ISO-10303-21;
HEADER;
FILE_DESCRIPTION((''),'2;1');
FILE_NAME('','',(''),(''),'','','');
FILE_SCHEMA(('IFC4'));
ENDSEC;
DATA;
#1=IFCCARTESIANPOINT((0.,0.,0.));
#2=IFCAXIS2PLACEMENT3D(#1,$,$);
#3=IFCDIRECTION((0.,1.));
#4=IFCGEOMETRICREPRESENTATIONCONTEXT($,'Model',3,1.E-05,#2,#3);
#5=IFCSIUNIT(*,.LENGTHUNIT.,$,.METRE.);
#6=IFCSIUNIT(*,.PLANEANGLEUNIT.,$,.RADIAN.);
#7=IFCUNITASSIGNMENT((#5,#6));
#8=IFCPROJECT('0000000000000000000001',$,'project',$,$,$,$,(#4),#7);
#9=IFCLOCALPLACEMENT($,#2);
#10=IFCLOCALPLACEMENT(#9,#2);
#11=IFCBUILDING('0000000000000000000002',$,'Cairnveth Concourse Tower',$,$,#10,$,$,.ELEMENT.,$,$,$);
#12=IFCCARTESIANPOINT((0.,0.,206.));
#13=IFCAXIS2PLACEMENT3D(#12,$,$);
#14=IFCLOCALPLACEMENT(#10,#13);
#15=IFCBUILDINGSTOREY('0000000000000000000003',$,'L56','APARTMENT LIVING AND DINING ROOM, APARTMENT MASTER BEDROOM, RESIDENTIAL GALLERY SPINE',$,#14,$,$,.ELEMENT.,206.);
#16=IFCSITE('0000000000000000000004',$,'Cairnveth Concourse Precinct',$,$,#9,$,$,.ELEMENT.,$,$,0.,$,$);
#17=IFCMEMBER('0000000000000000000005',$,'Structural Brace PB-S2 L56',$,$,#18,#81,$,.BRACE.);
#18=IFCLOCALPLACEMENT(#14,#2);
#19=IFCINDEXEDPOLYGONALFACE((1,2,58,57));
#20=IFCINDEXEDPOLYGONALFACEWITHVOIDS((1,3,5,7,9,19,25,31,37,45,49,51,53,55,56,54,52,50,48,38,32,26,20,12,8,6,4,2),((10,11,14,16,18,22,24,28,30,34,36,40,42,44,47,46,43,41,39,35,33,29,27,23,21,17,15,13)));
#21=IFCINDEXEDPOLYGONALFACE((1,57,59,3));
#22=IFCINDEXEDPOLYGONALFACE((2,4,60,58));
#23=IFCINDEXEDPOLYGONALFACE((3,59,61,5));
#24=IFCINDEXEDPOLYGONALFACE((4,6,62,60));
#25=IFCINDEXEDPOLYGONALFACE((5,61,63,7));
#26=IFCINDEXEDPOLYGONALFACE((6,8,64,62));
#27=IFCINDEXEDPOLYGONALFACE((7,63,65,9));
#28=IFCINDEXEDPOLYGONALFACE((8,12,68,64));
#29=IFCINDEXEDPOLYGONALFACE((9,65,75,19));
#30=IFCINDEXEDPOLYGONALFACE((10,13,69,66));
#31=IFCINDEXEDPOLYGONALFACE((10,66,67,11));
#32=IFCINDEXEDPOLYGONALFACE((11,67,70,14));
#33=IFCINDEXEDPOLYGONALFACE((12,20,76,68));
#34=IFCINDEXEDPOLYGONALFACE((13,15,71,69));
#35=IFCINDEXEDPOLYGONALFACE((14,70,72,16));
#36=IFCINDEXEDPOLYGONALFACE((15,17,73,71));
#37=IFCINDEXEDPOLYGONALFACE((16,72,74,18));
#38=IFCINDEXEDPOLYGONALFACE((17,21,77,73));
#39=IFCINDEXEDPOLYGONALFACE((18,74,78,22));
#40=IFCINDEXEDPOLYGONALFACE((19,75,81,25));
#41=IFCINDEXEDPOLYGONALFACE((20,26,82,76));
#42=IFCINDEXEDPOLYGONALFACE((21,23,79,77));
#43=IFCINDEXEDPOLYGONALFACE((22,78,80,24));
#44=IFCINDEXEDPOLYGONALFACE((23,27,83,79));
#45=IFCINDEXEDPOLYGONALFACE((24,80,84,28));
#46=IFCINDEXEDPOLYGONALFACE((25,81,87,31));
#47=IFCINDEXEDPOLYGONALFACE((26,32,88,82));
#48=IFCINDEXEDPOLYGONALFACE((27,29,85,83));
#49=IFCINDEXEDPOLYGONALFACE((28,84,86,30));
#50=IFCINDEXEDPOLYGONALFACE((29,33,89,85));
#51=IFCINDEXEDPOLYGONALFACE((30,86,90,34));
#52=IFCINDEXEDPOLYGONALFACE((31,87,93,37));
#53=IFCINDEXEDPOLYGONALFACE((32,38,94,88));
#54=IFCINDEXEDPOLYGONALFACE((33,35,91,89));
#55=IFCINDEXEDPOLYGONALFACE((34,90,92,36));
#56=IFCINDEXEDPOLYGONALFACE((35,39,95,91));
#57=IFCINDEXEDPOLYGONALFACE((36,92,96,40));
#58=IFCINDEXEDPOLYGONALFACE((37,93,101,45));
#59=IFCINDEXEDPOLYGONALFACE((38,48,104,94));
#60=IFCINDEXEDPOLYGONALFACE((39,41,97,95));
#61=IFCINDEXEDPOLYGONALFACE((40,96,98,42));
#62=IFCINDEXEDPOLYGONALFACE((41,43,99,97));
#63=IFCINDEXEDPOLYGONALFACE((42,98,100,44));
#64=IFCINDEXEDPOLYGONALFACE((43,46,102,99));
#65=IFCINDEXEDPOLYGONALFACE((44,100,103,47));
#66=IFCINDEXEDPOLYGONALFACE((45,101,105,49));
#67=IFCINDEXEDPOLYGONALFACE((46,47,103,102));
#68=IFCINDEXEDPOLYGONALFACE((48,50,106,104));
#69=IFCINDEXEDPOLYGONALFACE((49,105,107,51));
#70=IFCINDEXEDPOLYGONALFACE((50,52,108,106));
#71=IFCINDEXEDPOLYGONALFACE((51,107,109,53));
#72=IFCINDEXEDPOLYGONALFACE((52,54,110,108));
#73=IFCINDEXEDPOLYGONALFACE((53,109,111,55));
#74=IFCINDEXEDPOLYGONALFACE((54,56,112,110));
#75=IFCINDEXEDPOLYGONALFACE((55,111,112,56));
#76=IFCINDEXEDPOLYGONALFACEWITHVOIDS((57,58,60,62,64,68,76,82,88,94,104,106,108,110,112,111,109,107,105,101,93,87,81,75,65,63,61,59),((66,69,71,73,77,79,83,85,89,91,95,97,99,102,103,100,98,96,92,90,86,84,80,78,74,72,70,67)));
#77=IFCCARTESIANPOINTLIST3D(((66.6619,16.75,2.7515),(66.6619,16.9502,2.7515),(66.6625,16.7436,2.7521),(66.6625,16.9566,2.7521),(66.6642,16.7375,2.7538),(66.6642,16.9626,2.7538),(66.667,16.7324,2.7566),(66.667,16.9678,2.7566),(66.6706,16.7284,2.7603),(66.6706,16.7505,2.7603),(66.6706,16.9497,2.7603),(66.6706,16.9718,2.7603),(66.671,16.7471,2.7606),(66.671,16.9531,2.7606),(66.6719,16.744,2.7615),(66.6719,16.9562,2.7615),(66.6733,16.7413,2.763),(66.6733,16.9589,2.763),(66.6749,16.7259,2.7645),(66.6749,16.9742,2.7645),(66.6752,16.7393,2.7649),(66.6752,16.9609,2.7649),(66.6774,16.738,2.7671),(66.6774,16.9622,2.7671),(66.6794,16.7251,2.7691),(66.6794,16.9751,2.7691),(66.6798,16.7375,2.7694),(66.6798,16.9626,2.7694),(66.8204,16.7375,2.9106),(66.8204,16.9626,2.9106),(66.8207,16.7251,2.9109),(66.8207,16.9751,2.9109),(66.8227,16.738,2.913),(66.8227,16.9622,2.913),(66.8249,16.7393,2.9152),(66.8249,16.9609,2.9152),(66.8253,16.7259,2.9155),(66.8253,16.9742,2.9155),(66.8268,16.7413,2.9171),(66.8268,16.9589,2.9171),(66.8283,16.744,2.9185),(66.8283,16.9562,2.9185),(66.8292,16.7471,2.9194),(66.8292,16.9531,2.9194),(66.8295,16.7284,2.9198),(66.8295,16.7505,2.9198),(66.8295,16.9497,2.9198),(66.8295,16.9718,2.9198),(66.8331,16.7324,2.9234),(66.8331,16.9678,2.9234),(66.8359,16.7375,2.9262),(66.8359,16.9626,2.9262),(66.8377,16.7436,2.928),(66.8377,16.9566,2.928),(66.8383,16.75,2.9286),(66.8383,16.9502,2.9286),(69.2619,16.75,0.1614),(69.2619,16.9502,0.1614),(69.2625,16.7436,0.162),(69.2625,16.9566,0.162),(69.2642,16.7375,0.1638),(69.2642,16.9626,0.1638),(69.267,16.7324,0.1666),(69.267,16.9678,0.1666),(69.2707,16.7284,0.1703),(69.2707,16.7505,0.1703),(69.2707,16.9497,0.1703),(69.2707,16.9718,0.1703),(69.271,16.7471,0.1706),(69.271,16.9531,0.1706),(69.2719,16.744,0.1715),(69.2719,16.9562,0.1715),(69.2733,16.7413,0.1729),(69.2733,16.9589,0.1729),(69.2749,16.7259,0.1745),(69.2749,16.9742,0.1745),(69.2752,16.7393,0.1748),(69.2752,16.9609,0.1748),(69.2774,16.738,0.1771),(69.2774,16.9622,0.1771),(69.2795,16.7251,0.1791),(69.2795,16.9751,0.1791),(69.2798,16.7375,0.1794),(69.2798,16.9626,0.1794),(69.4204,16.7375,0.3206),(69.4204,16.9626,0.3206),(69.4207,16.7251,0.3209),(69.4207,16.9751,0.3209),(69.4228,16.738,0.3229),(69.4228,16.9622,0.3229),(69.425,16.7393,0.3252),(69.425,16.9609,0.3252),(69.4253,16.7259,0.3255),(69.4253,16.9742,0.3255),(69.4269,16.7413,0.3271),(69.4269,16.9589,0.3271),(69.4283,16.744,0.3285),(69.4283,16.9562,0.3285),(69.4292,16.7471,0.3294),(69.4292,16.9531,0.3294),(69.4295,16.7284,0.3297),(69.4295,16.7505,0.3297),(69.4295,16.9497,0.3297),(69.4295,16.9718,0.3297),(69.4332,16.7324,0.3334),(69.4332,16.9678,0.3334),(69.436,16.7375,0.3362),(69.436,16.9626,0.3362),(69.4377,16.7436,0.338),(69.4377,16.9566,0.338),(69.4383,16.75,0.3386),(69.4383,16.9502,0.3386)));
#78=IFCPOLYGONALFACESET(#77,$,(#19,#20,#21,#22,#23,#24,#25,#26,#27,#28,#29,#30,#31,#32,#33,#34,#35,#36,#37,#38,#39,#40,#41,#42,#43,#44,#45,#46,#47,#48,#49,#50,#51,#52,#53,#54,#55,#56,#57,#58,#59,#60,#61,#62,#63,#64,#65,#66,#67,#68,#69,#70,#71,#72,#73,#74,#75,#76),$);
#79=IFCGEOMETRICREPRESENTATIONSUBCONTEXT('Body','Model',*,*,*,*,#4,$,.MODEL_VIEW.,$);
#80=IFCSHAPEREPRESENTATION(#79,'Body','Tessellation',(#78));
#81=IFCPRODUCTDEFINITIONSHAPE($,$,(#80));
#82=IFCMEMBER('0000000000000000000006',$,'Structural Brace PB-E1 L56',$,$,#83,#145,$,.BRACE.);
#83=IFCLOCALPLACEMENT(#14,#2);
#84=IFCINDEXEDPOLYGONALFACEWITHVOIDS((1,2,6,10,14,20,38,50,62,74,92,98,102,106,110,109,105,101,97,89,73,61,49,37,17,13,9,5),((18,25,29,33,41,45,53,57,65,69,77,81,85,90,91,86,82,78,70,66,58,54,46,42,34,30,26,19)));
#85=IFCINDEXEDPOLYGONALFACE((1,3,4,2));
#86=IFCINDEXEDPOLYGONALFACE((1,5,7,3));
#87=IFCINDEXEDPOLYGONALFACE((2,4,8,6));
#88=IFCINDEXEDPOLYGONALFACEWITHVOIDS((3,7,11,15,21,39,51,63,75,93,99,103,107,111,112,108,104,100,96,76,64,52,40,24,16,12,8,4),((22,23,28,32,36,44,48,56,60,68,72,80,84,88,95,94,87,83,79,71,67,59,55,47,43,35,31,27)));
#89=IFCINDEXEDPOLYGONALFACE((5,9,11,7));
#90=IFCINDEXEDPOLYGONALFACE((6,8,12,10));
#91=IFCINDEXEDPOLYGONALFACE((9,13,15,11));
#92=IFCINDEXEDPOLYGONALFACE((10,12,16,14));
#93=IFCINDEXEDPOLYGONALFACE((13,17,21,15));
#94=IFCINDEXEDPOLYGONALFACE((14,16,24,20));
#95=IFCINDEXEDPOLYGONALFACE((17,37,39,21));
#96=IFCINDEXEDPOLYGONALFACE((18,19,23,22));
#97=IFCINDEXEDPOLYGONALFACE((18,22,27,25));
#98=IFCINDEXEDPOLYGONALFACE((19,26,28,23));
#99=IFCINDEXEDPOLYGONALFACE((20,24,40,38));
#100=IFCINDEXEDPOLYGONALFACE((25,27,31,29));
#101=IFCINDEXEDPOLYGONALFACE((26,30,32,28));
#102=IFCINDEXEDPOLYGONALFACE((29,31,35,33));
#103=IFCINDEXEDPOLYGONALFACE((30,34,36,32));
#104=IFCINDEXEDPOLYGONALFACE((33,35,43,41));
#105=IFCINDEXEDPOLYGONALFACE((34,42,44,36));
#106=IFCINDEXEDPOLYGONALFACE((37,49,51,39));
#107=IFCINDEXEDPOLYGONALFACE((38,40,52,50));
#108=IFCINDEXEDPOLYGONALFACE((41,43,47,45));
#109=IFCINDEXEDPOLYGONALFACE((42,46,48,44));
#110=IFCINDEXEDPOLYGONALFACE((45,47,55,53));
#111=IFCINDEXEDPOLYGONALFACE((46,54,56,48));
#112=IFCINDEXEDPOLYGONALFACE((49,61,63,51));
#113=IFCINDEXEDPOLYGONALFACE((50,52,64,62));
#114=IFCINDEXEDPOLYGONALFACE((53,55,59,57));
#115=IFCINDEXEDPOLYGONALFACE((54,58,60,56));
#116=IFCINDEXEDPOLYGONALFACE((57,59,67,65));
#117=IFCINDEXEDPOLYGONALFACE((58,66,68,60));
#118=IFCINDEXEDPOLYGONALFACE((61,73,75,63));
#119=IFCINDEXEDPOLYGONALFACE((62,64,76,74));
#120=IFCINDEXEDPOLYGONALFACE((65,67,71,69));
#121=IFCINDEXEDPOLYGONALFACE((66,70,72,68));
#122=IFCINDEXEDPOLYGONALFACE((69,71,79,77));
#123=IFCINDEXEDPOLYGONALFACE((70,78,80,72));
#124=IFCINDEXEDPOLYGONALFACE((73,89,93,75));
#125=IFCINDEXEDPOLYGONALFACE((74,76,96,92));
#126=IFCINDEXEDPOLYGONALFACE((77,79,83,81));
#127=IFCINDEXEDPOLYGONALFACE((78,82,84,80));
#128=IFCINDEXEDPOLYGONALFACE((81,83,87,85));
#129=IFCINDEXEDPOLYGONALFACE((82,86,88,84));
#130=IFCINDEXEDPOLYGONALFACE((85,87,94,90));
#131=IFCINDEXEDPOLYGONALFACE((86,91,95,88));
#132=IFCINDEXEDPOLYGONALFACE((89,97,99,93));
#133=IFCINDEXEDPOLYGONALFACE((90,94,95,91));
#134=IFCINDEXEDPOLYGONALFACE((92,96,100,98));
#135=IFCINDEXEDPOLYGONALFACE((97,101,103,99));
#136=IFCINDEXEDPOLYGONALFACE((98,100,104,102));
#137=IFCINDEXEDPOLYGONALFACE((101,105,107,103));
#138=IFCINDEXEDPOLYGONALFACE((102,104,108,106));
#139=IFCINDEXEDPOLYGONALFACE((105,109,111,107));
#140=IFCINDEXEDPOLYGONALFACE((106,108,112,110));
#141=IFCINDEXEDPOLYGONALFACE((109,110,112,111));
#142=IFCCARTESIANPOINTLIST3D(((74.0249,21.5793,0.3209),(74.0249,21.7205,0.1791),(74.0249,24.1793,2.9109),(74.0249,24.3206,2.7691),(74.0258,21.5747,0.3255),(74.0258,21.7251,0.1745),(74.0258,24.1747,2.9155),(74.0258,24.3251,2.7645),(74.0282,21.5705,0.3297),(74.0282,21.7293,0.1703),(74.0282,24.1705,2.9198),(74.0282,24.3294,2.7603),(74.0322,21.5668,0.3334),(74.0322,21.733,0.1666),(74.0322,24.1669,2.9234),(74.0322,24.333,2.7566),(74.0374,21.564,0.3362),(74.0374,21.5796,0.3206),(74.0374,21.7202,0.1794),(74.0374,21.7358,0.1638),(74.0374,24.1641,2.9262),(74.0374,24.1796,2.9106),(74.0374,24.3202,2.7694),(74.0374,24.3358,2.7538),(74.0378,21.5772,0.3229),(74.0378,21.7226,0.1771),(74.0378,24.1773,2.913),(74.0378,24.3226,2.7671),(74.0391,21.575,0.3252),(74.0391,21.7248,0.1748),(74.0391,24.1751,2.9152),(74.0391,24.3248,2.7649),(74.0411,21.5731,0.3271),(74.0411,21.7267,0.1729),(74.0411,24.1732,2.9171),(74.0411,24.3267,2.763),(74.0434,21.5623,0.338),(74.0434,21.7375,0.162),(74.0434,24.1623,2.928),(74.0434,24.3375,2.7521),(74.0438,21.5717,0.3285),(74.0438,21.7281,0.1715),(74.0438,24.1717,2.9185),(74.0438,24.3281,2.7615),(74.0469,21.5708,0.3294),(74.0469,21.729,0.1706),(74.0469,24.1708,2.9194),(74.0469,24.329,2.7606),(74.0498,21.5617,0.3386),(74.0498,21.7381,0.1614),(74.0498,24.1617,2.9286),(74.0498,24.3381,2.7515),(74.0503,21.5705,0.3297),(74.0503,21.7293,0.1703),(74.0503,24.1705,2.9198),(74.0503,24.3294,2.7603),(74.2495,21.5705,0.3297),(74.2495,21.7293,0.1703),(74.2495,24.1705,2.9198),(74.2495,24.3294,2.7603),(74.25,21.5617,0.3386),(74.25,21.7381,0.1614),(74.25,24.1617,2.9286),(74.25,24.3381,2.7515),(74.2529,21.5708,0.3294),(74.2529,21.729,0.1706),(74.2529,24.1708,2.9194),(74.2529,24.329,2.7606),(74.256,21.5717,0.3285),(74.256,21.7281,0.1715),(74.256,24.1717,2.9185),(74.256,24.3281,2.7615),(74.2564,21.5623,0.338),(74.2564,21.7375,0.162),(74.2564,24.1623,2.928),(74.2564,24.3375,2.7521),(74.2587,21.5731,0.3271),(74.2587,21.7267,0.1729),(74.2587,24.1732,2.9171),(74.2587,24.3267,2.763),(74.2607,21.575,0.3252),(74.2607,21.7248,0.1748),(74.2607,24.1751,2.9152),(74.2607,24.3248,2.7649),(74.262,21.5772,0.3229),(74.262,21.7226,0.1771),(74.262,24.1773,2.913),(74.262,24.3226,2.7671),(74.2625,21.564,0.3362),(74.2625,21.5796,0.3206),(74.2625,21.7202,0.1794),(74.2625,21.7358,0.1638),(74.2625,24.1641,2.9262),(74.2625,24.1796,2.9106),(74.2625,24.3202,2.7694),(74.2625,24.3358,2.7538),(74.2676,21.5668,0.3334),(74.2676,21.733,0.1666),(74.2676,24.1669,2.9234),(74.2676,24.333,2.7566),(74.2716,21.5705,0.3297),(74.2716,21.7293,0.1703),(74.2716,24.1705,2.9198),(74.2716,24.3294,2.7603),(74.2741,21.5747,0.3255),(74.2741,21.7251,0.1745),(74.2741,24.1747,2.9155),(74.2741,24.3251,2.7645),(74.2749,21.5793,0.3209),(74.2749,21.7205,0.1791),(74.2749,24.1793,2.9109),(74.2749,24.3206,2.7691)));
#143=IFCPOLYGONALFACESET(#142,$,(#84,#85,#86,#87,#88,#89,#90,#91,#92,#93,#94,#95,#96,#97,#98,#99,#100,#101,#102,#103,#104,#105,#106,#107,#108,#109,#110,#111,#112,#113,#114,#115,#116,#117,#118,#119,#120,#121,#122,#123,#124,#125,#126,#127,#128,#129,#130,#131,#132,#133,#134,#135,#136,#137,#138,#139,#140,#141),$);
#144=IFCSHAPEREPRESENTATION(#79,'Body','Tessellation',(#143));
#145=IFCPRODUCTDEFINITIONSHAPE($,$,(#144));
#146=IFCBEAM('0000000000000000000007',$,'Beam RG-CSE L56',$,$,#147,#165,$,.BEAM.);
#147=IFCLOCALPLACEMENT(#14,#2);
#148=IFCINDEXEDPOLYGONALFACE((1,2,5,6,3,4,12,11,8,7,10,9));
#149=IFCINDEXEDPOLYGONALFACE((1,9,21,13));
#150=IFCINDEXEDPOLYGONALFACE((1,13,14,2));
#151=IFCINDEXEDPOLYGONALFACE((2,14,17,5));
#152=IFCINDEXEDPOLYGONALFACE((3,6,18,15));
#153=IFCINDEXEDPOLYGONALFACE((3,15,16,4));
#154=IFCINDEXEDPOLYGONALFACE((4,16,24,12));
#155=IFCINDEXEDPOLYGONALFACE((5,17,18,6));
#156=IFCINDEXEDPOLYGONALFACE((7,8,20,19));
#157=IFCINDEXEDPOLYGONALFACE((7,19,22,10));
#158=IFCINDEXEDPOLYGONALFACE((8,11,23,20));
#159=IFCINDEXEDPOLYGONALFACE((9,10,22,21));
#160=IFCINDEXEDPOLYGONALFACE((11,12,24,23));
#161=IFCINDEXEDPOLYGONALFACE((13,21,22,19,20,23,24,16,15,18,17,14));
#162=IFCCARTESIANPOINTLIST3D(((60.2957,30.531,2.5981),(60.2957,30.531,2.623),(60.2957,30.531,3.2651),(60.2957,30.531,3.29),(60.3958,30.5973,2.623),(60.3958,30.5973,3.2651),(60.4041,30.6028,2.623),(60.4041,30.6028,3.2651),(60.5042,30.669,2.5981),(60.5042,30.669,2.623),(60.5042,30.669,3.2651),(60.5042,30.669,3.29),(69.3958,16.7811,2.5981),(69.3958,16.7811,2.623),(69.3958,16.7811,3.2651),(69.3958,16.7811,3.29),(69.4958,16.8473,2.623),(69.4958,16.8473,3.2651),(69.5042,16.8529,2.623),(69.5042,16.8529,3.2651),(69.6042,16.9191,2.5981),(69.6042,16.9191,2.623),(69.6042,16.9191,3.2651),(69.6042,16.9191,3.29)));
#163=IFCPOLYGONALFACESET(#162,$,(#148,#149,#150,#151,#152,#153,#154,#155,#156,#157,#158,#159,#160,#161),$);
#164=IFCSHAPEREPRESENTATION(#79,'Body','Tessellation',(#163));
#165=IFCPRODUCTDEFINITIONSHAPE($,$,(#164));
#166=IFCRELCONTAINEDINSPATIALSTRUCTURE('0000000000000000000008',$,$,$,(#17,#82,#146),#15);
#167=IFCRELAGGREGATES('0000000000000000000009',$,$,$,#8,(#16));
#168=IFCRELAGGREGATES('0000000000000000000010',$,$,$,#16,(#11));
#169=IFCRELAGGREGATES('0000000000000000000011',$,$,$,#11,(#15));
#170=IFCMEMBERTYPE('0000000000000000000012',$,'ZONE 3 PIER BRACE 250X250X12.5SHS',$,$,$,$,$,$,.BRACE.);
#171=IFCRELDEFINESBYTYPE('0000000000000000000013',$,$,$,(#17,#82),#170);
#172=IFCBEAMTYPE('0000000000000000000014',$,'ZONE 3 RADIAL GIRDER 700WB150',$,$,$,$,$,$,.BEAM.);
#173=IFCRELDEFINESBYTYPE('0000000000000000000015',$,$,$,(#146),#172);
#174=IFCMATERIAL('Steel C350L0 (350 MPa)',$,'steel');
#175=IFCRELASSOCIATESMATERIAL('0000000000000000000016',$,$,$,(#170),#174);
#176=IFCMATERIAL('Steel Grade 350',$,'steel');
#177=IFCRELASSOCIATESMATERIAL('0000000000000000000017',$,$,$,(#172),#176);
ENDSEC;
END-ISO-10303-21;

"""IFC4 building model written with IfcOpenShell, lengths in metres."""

from ifc_helpers import new_model, si_unit, direction, frame, origin, origin_2d, place, context, subcontext, project, spatial, hollow_rectangle, i_section, extrude, material, material_profile, profile_set, type_object, element, save


model = new_model("IFC4")

# Units and contexts
model_context = context("Model", 3, precision=1e-05, world=origin(), true_north=direction((0.0, 1.0)))
body_context = subcontext(model_context, "Body", "Model", "MODEL_VIEW")
ifc_project = project(units=[si_unit("LENGTHUNIT", "METRE"), si_unit("PLANEANGLEUNIT", "RADIAN")], contexts=[model_context])

# Site, building, storey
site_placement = place(None, origin())
site = spatial("IfcSite", under=ifc_project, at=site_placement, Name="Cairnveth Concourse Precinct", CompositionType="ELEMENT", RefElevation=0.0)
building_placement = place(site_placement, origin())
building = spatial("IfcBuilding", under=site, at=building_placement, Name="Cairnveth Concourse Tower", CompositionType="ELEMENT")
storey_placement = place(building_placement, frame((0.0, 0.0, 206.0)))
storey = spatial("IfcBuildingStorey", under=building, at=storey_placement, Name="L56", Description="APARTMENT LIVING AND DINING ROOM, APARTMENT MASTER BEDROOM, RESIDENTIAL GALLERY SPINE", CompositionType="ELEMENT", Elevation=206.0)

# Shared definitions
ifc_material_1 = material(Name="Steel Grade 350", Category="steel")

# Members
ifc_material_2 = material(Name="Steel C350L0 (350 MPa)", Category="steel")
ifc_material_profile_1 = material_profile(ifc_material_2, hollow_rectangle(XDim=0.25, YDim=0.25, WallThickness=0.0125, InnerFilletRadius=0.0129, OuterFilletRadius=0.0249, at=origin_2d()), Name="250x250x12.5SHS")
ifc_profile_set_1 = profile_set([ifc_material_profile_1], Name="Steel C350L0 (350 MPa)")
member_type = type_object("IfcMemberType", Name="ZONE 3 PIER BRACE 250X250X12.5SHS", PredefinedType="BRACE", material=ifc_profile_set_1)
for number, where, z_axis, x_axis, name in (
    (1, (69.3501, 16.8501, 0.25), (-0.708469, 0.0, 0.705742), (0.0, -1.0, 0.0), "Structural Brace PB-S2 L56"),
    (2, (74.1499, 21.6499, 0.25), (0.0, 0.708469, 0.705742), (-1.0, 0.0, 0.0), "Structural Brace PB-E1 L56"),
):
    element("IfcMember", number, at=place(storey_placement, frame(where, z_axis=z_axis, x_axis=x_axis)), inside=storey, type_object=member_type, Name=name, PredefinedType="BRACE", context=body_context, shape_type="SweptSolid", body=[
        extrude(hollow_rectangle(XDim=0.25, YDim=0.25, WallThickness=0.0125, InnerFilletRadius=0.0129, OuterFilletRadius=0.0249, at=origin_2d()), origin(), (0.0, 0.0, 1.0), 3.6699),
    ])

# Beam
ifc_material_profile_2 = material_profile(ifc_material_1, i_section(OverallWidth=0.25, OverallDepth=0.6919, WebThickness=0.01, FlangeThickness=0.0249, at=origin_2d()), Name="700WB150")
ifc_profile_set_2 = profile_set([ifc_material_profile_2], Name="Steel Grade 350")
beam_type_1 = type_object("IfcBeamType", Name="ZONE 3 RADIAL GIRDER 700WB150", PredefinedType="BEAM", material=ifc_profile_set_2)
beam_1_placement = place(storey_placement, frame((69.5, 16.8501, 2.9441), z_axis=(-0.551902, 0.833909, 0.0), x_axis=(-0.833909, -0.551902, 0.0)))
element("IfcBeam", 3, at=beam_1_placement, inside=storey, type_object=beam_type_1, Name="Beam RG-CSE L56", PredefinedType="BEAM", context=body_context, shape_type="SweptSolid", body=[
    extrude(i_section(OverallWidth=0.25, OverallDepth=0.6919, WebThickness=0.01, FlangeThickness=0.0249, at=origin_2d()), origin(), (0.0, 0.0, 1.0), 16.4885),
])

save(model, "model.ifc")
